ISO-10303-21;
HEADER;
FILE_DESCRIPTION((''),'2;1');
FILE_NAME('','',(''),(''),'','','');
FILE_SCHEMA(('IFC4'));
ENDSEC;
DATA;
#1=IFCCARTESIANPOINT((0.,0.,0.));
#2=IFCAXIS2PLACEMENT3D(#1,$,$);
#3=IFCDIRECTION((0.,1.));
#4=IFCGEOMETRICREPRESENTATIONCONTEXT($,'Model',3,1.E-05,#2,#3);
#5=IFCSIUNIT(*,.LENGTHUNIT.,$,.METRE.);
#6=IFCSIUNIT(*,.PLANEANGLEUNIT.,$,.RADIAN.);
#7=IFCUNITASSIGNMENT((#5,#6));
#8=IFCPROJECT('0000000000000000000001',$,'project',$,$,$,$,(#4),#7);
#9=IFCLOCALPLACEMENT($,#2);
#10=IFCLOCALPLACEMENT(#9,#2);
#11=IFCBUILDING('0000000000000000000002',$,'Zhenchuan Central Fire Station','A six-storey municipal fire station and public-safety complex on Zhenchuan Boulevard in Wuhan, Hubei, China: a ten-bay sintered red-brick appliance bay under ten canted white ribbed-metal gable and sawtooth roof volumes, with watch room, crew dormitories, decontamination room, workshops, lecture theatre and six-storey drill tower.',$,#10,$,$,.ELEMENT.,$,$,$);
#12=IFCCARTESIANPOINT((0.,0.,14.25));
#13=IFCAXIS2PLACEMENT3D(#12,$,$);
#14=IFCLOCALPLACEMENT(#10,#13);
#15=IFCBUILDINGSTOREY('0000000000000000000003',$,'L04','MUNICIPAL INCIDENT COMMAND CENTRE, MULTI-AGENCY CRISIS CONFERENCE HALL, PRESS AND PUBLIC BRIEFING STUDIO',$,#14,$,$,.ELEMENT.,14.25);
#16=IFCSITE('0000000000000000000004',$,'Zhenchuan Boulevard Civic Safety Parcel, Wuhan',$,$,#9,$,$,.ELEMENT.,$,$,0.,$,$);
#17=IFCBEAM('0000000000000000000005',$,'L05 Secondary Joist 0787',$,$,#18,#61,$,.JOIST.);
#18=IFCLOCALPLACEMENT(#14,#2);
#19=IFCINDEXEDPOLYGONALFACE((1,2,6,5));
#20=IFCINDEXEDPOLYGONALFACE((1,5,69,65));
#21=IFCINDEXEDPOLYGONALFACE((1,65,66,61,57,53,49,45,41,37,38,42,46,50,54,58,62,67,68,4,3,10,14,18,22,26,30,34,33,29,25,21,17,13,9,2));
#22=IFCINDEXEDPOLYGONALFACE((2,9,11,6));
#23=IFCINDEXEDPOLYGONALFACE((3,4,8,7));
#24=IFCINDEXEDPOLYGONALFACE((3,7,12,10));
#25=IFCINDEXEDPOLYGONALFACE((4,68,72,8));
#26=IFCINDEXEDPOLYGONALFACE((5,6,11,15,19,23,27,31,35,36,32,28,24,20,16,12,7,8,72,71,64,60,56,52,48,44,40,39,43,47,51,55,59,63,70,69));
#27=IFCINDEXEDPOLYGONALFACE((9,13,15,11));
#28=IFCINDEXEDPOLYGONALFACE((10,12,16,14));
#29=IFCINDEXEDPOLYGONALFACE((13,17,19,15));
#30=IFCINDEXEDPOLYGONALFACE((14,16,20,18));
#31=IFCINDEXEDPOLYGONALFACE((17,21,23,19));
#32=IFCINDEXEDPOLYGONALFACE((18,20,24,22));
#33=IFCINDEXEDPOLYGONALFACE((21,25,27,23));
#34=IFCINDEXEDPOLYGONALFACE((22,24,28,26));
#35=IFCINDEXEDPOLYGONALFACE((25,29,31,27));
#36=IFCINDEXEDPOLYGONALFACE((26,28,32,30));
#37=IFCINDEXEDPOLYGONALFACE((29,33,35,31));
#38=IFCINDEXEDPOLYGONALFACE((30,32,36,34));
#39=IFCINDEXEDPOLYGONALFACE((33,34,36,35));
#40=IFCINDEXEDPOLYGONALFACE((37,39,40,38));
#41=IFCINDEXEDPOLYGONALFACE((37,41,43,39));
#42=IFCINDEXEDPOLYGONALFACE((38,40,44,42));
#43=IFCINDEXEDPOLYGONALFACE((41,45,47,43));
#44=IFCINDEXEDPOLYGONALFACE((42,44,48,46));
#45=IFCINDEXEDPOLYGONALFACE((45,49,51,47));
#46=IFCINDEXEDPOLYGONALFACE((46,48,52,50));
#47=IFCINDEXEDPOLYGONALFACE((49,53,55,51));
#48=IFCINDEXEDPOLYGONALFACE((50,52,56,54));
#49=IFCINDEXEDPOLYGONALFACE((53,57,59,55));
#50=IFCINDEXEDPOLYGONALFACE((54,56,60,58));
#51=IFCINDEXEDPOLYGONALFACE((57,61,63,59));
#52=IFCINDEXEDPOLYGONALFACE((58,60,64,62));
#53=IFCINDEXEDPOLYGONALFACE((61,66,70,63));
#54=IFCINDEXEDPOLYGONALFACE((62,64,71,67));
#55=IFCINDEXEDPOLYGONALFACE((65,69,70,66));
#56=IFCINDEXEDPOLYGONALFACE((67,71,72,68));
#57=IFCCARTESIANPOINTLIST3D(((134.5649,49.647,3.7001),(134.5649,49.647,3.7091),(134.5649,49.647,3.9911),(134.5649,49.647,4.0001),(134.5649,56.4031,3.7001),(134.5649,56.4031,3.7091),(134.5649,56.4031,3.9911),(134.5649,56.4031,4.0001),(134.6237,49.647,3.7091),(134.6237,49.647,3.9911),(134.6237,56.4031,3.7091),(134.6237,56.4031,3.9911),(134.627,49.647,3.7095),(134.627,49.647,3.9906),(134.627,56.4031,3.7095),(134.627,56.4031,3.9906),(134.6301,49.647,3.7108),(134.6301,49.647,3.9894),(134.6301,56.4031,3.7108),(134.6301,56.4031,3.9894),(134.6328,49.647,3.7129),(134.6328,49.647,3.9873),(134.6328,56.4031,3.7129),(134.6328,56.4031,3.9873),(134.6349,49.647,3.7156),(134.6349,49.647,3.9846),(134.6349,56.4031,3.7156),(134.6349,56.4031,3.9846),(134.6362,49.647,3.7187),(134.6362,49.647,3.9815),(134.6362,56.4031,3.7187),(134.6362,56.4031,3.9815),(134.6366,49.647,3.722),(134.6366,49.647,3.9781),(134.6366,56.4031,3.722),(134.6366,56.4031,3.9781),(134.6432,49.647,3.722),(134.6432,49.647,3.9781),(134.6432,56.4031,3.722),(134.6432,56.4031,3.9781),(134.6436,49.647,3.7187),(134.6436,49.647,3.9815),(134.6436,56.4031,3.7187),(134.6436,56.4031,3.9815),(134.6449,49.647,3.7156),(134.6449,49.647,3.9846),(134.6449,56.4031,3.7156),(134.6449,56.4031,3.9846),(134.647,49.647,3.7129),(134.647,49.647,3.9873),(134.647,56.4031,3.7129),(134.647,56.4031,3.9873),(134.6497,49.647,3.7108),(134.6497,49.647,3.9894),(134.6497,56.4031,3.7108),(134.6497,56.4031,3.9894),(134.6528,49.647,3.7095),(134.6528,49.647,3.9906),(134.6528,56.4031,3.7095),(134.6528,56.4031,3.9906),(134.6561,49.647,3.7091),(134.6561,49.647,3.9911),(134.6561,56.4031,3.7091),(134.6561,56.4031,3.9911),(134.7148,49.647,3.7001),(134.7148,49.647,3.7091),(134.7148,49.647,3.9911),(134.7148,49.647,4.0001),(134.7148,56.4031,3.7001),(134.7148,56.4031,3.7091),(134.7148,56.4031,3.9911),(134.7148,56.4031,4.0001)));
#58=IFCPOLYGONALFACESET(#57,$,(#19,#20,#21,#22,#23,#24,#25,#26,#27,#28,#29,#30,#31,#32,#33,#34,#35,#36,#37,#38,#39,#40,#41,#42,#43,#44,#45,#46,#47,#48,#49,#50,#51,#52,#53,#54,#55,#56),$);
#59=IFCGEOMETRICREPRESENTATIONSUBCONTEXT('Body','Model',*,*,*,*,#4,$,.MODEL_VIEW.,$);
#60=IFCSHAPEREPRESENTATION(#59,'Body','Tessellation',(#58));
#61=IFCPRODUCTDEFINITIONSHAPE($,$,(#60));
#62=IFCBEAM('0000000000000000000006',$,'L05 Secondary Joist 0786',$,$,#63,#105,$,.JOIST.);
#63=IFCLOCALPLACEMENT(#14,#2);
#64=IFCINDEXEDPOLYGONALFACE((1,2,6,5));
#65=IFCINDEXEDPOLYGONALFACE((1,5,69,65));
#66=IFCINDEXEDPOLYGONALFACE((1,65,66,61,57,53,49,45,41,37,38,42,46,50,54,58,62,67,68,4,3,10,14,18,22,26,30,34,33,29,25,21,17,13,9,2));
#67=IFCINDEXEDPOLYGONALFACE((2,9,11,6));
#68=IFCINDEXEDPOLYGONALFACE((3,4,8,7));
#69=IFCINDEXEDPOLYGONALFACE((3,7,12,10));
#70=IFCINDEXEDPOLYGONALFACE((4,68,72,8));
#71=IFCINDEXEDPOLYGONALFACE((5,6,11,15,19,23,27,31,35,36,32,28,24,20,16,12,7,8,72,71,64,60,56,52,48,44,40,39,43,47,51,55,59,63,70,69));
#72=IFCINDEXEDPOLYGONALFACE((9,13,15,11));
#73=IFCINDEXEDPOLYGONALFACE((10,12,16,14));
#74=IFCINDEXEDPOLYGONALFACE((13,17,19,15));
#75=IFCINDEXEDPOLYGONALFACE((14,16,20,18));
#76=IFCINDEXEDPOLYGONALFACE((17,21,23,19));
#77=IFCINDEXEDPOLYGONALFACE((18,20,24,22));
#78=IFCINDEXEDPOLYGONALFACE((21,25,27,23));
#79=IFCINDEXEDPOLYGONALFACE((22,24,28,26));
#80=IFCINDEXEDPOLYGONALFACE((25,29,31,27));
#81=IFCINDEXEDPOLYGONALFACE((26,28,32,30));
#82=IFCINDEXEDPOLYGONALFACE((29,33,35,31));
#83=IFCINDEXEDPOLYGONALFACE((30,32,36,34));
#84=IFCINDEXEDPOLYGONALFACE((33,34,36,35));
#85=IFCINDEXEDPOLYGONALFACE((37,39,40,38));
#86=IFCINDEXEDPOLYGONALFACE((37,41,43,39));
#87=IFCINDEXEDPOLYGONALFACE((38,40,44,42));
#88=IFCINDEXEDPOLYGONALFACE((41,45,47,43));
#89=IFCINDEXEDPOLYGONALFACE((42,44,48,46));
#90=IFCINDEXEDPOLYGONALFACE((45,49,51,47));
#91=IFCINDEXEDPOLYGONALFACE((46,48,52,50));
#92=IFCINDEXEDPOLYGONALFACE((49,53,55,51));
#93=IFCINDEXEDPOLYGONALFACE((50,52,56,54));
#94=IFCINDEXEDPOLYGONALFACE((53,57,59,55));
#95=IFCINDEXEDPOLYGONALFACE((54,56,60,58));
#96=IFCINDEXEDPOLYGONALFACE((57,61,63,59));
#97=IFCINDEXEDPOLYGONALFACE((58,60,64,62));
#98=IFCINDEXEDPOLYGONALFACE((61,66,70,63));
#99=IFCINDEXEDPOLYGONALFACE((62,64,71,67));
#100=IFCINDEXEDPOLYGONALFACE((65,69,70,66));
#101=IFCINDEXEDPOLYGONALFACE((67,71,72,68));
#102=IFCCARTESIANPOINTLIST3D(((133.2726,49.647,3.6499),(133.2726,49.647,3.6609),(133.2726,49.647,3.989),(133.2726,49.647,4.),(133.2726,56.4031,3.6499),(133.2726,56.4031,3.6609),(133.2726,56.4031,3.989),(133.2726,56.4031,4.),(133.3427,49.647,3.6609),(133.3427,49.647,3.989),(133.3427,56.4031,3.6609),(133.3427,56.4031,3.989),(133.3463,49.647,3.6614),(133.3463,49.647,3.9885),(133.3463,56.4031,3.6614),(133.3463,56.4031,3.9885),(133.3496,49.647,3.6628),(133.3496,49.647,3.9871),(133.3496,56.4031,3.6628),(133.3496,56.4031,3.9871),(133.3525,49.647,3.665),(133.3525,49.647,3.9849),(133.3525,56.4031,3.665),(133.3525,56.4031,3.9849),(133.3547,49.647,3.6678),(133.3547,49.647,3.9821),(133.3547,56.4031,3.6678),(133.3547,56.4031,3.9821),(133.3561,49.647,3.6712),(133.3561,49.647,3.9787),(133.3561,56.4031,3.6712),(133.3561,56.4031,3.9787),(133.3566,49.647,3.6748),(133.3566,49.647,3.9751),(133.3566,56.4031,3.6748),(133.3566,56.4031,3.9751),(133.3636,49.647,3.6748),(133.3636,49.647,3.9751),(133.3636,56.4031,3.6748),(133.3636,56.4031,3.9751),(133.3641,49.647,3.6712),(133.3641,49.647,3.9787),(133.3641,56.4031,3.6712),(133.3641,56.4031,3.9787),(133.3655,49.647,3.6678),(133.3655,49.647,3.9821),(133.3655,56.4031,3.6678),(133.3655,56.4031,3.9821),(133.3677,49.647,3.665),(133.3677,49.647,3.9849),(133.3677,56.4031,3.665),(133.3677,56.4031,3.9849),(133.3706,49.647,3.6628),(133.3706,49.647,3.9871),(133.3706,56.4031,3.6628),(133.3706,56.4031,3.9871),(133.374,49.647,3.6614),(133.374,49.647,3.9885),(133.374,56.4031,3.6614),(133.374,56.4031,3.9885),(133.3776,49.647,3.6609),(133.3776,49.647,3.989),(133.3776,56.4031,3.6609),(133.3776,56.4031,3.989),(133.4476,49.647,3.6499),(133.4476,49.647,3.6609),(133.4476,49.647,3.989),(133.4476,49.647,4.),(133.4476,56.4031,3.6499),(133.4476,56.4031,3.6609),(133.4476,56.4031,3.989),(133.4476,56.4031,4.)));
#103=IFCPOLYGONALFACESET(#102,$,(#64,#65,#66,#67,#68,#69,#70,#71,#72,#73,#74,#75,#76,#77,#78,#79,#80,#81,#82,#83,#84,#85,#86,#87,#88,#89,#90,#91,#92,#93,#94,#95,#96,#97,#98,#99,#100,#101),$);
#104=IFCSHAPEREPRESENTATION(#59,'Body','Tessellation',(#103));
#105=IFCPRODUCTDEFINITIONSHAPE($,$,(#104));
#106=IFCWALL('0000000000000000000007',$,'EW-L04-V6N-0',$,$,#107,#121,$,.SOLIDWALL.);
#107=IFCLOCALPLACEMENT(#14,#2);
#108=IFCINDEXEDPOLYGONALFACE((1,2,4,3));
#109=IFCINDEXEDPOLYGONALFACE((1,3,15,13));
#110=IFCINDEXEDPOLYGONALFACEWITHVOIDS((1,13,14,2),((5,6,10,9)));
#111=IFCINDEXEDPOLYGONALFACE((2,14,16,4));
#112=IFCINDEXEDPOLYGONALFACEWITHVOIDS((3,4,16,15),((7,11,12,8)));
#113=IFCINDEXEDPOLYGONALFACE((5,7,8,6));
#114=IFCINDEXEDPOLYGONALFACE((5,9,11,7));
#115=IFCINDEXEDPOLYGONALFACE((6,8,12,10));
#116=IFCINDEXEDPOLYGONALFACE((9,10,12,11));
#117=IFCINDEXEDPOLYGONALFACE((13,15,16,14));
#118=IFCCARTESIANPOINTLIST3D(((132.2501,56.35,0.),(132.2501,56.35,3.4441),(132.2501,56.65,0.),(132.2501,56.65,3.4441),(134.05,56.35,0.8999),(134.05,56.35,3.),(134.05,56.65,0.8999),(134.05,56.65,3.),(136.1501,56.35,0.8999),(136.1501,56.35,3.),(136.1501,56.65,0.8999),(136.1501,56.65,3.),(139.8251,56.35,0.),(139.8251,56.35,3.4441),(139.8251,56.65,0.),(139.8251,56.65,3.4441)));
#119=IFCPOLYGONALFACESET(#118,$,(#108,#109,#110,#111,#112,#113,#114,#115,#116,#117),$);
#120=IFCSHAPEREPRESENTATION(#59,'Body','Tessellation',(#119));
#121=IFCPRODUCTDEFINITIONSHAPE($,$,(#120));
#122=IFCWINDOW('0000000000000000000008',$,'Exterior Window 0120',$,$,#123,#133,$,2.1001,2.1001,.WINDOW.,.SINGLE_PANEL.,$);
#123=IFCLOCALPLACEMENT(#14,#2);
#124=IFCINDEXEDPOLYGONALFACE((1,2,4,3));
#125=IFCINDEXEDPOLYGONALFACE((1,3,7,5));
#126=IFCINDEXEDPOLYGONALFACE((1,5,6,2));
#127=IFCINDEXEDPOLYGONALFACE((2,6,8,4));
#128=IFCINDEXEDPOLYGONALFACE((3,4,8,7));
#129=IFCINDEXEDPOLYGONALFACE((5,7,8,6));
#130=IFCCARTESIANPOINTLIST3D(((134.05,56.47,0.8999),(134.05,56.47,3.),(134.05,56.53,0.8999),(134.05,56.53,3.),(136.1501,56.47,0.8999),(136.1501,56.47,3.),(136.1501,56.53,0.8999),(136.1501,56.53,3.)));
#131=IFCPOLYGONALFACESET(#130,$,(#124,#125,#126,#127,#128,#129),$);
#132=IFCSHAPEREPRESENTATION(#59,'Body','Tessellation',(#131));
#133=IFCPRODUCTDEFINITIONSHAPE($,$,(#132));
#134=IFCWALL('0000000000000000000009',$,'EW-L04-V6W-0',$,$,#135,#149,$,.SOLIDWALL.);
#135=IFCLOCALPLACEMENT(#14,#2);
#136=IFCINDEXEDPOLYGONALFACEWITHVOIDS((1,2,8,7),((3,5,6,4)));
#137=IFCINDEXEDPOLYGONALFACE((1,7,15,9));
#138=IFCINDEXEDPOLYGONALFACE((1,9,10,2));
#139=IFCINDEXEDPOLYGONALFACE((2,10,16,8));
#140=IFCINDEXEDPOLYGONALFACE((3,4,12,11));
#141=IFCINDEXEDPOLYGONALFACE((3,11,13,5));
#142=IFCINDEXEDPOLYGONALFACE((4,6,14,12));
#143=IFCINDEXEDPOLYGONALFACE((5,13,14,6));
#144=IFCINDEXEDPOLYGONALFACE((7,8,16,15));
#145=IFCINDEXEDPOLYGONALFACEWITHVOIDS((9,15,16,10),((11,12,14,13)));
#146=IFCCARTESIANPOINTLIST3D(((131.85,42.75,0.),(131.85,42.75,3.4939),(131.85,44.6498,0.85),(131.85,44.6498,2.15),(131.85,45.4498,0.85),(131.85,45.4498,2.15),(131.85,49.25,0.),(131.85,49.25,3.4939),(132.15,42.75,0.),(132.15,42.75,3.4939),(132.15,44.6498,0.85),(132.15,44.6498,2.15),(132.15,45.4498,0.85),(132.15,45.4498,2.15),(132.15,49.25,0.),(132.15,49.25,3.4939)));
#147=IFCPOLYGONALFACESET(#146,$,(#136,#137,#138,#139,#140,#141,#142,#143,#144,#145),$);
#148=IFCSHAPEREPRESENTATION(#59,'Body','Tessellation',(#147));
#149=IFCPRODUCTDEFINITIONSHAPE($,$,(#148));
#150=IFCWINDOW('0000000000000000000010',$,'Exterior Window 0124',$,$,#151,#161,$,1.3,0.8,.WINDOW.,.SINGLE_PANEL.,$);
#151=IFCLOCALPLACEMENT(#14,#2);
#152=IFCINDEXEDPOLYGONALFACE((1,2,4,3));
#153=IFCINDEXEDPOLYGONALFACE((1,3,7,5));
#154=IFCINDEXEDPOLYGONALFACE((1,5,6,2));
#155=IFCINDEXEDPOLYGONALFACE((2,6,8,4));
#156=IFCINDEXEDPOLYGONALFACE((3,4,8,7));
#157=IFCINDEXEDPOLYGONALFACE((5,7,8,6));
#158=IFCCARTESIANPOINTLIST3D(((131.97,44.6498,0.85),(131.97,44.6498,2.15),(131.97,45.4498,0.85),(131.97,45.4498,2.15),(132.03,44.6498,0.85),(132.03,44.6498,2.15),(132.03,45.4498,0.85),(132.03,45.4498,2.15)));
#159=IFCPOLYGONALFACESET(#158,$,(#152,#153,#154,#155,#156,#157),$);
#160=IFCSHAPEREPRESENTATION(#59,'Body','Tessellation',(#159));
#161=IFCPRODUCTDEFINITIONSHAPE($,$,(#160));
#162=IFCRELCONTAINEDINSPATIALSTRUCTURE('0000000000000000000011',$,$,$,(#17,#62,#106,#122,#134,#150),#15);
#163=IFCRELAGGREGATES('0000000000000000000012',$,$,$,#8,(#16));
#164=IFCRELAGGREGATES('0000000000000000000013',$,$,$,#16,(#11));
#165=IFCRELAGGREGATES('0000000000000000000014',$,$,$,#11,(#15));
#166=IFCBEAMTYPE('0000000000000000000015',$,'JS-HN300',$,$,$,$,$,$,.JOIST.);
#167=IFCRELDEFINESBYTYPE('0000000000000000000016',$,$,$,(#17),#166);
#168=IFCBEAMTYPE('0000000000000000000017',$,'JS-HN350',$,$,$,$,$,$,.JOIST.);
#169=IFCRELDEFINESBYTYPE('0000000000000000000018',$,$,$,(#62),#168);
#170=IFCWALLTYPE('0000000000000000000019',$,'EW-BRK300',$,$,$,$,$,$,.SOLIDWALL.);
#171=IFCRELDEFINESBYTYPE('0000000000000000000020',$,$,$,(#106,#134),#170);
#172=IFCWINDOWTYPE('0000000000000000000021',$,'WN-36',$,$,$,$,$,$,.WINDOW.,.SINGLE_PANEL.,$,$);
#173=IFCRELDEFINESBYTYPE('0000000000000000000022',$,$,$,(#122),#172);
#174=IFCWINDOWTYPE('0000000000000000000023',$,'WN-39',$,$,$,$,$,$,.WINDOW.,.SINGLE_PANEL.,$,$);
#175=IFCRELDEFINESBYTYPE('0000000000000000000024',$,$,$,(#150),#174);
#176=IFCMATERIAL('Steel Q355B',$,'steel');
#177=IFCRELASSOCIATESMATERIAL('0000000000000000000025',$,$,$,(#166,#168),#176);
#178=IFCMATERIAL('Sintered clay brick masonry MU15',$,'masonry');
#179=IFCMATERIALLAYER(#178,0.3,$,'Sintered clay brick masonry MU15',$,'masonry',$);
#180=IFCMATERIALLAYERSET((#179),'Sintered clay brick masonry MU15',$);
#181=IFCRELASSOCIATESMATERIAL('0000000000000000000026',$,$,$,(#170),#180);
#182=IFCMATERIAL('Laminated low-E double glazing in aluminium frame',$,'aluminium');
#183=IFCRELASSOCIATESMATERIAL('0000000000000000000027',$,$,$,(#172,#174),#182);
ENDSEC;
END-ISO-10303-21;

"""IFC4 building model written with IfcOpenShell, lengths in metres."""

from ifc_helpers import new_model, si_unit, direction, frame, frame_2d, origin, origin_2d, place, context, subcontext, project, spatial, rectangle, i_section, extrude, material, layer, layer_set, material_profile, profile_set, type_object, element, fill, save


model = new_model("IFC4")

# Units and contexts
model_context = context("Model", 3, precision=1e-05, world=origin(), true_north=direction((0.0, 1.0)))
body_context = subcontext(model_context, "Body", "Model", "MODEL_VIEW")
ifc_project = project(units=[si_unit("LENGTHUNIT", "METRE"), si_unit("PLANEANGLEUNIT", "RADIAN")], contexts=[model_context])

# Site, building, storey
site_placement = place(None, origin())
site = spatial("IfcSite", under=ifc_project, at=site_placement, Name="Zhenchuan Boulevard Civic Safety Parcel, Wuhan", CompositionType="ELEMENT", RefElevation=0.0)
building_placement = place(site_placement, origin())
building = spatial("IfcBuilding", under=site, at=building_placement, Name="Zhenchuan Central Fire Station", Description="A six-storey municipal fire station and public-safety complex on Zhenchuan Boulevard in Wuhan, Hubei, China: a ten-bay sintered red-brick appliance bay under ten canted white ribbed-metal gable and sawtooth roof volumes, with watch room, crew dormitories, decontamination room, workshops, lecture theatre and six-storey drill tower.", CompositionType="ELEMENT")
storey_placement = place(building_placement, frame((0.0, 0.0, 14.25)))
storey = spatial("IfcBuildingStorey", under=building, at=storey_placement, Name="L04", Description="MUNICIPAL INCIDENT COMMAND CENTRE, MULTI-AGENCY CRISIS CONFERENCE HALL, PRESS AND PUBLIC BRIEFING STUDIO", CompositionType="ELEMENT", Elevation=14.25)

# Shared definitions
ifc_material_1 = material(Name="Steel Q355B", Category="steel")

# Beams
ifc_material_profile_1 = material_profile(ifc_material_1, i_section(OverallWidth=0.1499, OverallDepth=0.3, WebThickness=0.0066, FlangeThickness=0.009, FilletRadius=0.0129, at=origin_2d()), Name="HN 300x150")
ifc_profile_set_1 = profile_set([ifc_material_profile_1], Name="Steel Q355B")
beam_type_1 = type_object("IfcBeamType", Name="JS-HN300", PredefinedType="JOIST", material=ifc_profile_set_1)
beam_1_placement = place(storey_placement, frame((134.6399, 49.647, 3.8501), z_axis=(0.0, 1.0, 0.0), x_axis=(-1.0, 0.0, 0.0)))
element("IfcBeam", 1, at=beam_1_placement, inside=storey, type_object=beam_type_1, Name="L05 Secondary Joist 0787", PredefinedType="JOIST", context=body_context, shape_type="SweptSolid", body=[
    extrude(i_section(OverallWidth=0.1499, OverallDepth=0.3, WebThickness=0.0066, FlangeThickness=0.009, FilletRadius=0.0129, at=origin_2d()), origin(), (0.0, 0.0, 1.0), 6.7561),
])
ifc_material_profile_2 = material_profile(ifc_material_1, i_section(OverallWidth=0.175, OverallDepth=0.3501, WebThickness=0.0071, FlangeThickness=0.011, FilletRadius=0.0139, at=origin_2d()), Name="HN 350x175")
ifc_profile_set_2 = profile_set([ifc_material_profile_2], Name="Steel Q355B")
beam_type_2 = type_object("IfcBeamType", Name="JS-HN350", PredefinedType="JOIST", material=ifc_profile_set_2)
beam_2_placement = place(storey_placement, frame((133.3601, 49.647, 3.825), z_axis=(0.0, 1.0, 0.0), x_axis=(-1.0, 0.0, 0.0)))
element("IfcBeam", 2, at=beam_2_placement, inside=storey, type_object=beam_type_2, Name="L05 Secondary Joist 0786", PredefinedType="JOIST", context=body_context, shape_type="SweptSolid", body=[
    extrude(i_section(OverallWidth=0.175, OverallDepth=0.3501, WebThickness=0.0071, FlangeThickness=0.011, FilletRadius=0.0139, at=origin_2d()), origin(), (0.0, 0.0, 1.0), 6.7561),
])

# Walls, openings, windows
ifc_material_2 = material(Name="Sintered clay brick masonry MU15", Category="masonry")
ifc_layer_1 = layer(ifc_material_2, 0.3, Name="Sintered clay brick masonry MU15", Category="masonry")
ifc_layer_set_1 = layer_set([ifc_layer_1], Name="Sintered clay brick masonry MU15")
wall_type_1 = type_object("IfcWallType", Name="EW-BRK300", PredefinedType="SOLIDWALL", material=ifc_layer_set_1)
wall_1_placement = place(storey_placement, frame((132.25, 56.5, 0.0), z_axis=(0.0, 0.0, 1.0), x_axis=(1.0, 0.0, 0.0)))
wall_1 = element("IfcWall", 3, at=wall_1_placement, inside=storey, type_object=wall_type_1, Name="EW-L04-V6N-0", PredefinedType="SOLIDWALL", context=body_context, shape_type="SweptSolid", body=[
    extrude(rectangle(XDim=7.575, YDim=0.3, at=frame_2d((3.7876, 0.0))), origin(), (0.0, 0.0, 1.0), 3.4441),
])
opening_1_placement = place(wall_1_placement, frame((1.8, 0.0, 0.8999)))
opening_1 = element("IfcOpeningElement", 4, at=opening_1_placement, cuts=wall_1, PredefinedType="OPENING", context=body_context, shape_type="SweptSolid", body=[
    extrude(rectangle(XDim=2.1001, YDim=2.1001, at=frame_2d((1.05, 1.05))), frame((0.0, 0.1599, 0.0), z_axis=(0.0, -1.0, 0.0), x_axis=(1.0, 0.0, 0.0)), (0.0, 0.0, 1.0), 0.3201),
])
ifc_material_3 = material(Name="Laminated low-E double glazing in aluminium frame", Category="aluminium")
window_type_1 = type_object("IfcWindowType", Name="WN-36", PartitioningType="SINGLE_PANEL", PredefinedType="WINDOW", material=ifc_material_3)
window_1_placement = place(opening_1_placement, origin())
window_1 = element("IfcWindow", 5, at=window_1_placement, inside=storey, type_object=window_type_1, Name="Exterior Window 0120", OverallHeight=2.1001, OverallWidth=2.1001, PartitioningType="SINGLE_PANEL", PredefinedType="WINDOW", context=body_context, shape_type="SweptSolid", body=[
    extrude(rectangle(XDim=2.1001, YDim=2.1001, at=frame_2d((1.05, 1.05))), frame((0.0, 0.03, 0.0), z_axis=(0.0, -1.0, 0.0), x_axis=(1.0, 0.0, 0.0)), (0.0, 0.0, 1.0), 0.0601),
])
fill(opening_1, window_1)
wall_2_placement = place(storey_placement, frame((132.0, 42.75, 0.0), z_axis=(0.0, 0.0, 1.0), x_axis=(0.0, 1.0, 0.0)))
wall_2 = element("IfcWall", 6, at=wall_2_placement, inside=storey, type_object=wall_type_1, Name="EW-L04-V6W-0", PredefinedType="SOLIDWALL", context=body_context, shape_type="SweptSolid", body=[
    extrude(rectangle(XDim=6.5, YDim=0.3, at=frame_2d((3.25, 0.0))), origin(), (0.0, 0.0, 1.0), 3.4939),
])
opening_2_placement = place(wall_2_placement, frame((1.8999, 0.0, 0.8501)))
opening_2 = element("IfcOpeningElement", 7, at=opening_2_placement, cuts=wall_2, PredefinedType="OPENING", context=body_context, shape_type="SweptSolid", body=[
    extrude(rectangle(XDim=0.8, YDim=1.3, at=frame_2d((0.3999, 0.6499))), frame((0.0, 0.1599, 0.0), z_axis=(0.0, -1.0, 0.0), x_axis=(1.0, 0.0, 0.0)), (0.0, 0.0, 1.0), 0.3201),
])
window_type_2 = type_object("IfcWindowType", Name="WN-39", PartitioningType="SINGLE_PANEL", PredefinedType="WINDOW", material=ifc_material_3)
window_2_placement = place(opening_2_placement, origin())
window_2 = element("IfcWindow", 8, at=window_2_placement, inside=storey, type_object=window_type_2, Name="Exterior Window 0124", OverallHeight=1.3, OverallWidth=0.8, PartitioningType="SINGLE_PANEL", PredefinedType="WINDOW", context=body_context, shape_type="SweptSolid", body=[
    extrude(rectangle(XDim=0.8, YDim=1.3, at=frame_2d((0.3999, 0.6499))), frame((0.0, 0.03, 0.0), z_axis=(0.0, -1.0, 0.0), x_axis=(1.0, 0.0, 0.0)), (0.0, 0.0, 1.0), 0.0601),
])
fill(opening_2, window_2)

save(model, "model.ifc")
